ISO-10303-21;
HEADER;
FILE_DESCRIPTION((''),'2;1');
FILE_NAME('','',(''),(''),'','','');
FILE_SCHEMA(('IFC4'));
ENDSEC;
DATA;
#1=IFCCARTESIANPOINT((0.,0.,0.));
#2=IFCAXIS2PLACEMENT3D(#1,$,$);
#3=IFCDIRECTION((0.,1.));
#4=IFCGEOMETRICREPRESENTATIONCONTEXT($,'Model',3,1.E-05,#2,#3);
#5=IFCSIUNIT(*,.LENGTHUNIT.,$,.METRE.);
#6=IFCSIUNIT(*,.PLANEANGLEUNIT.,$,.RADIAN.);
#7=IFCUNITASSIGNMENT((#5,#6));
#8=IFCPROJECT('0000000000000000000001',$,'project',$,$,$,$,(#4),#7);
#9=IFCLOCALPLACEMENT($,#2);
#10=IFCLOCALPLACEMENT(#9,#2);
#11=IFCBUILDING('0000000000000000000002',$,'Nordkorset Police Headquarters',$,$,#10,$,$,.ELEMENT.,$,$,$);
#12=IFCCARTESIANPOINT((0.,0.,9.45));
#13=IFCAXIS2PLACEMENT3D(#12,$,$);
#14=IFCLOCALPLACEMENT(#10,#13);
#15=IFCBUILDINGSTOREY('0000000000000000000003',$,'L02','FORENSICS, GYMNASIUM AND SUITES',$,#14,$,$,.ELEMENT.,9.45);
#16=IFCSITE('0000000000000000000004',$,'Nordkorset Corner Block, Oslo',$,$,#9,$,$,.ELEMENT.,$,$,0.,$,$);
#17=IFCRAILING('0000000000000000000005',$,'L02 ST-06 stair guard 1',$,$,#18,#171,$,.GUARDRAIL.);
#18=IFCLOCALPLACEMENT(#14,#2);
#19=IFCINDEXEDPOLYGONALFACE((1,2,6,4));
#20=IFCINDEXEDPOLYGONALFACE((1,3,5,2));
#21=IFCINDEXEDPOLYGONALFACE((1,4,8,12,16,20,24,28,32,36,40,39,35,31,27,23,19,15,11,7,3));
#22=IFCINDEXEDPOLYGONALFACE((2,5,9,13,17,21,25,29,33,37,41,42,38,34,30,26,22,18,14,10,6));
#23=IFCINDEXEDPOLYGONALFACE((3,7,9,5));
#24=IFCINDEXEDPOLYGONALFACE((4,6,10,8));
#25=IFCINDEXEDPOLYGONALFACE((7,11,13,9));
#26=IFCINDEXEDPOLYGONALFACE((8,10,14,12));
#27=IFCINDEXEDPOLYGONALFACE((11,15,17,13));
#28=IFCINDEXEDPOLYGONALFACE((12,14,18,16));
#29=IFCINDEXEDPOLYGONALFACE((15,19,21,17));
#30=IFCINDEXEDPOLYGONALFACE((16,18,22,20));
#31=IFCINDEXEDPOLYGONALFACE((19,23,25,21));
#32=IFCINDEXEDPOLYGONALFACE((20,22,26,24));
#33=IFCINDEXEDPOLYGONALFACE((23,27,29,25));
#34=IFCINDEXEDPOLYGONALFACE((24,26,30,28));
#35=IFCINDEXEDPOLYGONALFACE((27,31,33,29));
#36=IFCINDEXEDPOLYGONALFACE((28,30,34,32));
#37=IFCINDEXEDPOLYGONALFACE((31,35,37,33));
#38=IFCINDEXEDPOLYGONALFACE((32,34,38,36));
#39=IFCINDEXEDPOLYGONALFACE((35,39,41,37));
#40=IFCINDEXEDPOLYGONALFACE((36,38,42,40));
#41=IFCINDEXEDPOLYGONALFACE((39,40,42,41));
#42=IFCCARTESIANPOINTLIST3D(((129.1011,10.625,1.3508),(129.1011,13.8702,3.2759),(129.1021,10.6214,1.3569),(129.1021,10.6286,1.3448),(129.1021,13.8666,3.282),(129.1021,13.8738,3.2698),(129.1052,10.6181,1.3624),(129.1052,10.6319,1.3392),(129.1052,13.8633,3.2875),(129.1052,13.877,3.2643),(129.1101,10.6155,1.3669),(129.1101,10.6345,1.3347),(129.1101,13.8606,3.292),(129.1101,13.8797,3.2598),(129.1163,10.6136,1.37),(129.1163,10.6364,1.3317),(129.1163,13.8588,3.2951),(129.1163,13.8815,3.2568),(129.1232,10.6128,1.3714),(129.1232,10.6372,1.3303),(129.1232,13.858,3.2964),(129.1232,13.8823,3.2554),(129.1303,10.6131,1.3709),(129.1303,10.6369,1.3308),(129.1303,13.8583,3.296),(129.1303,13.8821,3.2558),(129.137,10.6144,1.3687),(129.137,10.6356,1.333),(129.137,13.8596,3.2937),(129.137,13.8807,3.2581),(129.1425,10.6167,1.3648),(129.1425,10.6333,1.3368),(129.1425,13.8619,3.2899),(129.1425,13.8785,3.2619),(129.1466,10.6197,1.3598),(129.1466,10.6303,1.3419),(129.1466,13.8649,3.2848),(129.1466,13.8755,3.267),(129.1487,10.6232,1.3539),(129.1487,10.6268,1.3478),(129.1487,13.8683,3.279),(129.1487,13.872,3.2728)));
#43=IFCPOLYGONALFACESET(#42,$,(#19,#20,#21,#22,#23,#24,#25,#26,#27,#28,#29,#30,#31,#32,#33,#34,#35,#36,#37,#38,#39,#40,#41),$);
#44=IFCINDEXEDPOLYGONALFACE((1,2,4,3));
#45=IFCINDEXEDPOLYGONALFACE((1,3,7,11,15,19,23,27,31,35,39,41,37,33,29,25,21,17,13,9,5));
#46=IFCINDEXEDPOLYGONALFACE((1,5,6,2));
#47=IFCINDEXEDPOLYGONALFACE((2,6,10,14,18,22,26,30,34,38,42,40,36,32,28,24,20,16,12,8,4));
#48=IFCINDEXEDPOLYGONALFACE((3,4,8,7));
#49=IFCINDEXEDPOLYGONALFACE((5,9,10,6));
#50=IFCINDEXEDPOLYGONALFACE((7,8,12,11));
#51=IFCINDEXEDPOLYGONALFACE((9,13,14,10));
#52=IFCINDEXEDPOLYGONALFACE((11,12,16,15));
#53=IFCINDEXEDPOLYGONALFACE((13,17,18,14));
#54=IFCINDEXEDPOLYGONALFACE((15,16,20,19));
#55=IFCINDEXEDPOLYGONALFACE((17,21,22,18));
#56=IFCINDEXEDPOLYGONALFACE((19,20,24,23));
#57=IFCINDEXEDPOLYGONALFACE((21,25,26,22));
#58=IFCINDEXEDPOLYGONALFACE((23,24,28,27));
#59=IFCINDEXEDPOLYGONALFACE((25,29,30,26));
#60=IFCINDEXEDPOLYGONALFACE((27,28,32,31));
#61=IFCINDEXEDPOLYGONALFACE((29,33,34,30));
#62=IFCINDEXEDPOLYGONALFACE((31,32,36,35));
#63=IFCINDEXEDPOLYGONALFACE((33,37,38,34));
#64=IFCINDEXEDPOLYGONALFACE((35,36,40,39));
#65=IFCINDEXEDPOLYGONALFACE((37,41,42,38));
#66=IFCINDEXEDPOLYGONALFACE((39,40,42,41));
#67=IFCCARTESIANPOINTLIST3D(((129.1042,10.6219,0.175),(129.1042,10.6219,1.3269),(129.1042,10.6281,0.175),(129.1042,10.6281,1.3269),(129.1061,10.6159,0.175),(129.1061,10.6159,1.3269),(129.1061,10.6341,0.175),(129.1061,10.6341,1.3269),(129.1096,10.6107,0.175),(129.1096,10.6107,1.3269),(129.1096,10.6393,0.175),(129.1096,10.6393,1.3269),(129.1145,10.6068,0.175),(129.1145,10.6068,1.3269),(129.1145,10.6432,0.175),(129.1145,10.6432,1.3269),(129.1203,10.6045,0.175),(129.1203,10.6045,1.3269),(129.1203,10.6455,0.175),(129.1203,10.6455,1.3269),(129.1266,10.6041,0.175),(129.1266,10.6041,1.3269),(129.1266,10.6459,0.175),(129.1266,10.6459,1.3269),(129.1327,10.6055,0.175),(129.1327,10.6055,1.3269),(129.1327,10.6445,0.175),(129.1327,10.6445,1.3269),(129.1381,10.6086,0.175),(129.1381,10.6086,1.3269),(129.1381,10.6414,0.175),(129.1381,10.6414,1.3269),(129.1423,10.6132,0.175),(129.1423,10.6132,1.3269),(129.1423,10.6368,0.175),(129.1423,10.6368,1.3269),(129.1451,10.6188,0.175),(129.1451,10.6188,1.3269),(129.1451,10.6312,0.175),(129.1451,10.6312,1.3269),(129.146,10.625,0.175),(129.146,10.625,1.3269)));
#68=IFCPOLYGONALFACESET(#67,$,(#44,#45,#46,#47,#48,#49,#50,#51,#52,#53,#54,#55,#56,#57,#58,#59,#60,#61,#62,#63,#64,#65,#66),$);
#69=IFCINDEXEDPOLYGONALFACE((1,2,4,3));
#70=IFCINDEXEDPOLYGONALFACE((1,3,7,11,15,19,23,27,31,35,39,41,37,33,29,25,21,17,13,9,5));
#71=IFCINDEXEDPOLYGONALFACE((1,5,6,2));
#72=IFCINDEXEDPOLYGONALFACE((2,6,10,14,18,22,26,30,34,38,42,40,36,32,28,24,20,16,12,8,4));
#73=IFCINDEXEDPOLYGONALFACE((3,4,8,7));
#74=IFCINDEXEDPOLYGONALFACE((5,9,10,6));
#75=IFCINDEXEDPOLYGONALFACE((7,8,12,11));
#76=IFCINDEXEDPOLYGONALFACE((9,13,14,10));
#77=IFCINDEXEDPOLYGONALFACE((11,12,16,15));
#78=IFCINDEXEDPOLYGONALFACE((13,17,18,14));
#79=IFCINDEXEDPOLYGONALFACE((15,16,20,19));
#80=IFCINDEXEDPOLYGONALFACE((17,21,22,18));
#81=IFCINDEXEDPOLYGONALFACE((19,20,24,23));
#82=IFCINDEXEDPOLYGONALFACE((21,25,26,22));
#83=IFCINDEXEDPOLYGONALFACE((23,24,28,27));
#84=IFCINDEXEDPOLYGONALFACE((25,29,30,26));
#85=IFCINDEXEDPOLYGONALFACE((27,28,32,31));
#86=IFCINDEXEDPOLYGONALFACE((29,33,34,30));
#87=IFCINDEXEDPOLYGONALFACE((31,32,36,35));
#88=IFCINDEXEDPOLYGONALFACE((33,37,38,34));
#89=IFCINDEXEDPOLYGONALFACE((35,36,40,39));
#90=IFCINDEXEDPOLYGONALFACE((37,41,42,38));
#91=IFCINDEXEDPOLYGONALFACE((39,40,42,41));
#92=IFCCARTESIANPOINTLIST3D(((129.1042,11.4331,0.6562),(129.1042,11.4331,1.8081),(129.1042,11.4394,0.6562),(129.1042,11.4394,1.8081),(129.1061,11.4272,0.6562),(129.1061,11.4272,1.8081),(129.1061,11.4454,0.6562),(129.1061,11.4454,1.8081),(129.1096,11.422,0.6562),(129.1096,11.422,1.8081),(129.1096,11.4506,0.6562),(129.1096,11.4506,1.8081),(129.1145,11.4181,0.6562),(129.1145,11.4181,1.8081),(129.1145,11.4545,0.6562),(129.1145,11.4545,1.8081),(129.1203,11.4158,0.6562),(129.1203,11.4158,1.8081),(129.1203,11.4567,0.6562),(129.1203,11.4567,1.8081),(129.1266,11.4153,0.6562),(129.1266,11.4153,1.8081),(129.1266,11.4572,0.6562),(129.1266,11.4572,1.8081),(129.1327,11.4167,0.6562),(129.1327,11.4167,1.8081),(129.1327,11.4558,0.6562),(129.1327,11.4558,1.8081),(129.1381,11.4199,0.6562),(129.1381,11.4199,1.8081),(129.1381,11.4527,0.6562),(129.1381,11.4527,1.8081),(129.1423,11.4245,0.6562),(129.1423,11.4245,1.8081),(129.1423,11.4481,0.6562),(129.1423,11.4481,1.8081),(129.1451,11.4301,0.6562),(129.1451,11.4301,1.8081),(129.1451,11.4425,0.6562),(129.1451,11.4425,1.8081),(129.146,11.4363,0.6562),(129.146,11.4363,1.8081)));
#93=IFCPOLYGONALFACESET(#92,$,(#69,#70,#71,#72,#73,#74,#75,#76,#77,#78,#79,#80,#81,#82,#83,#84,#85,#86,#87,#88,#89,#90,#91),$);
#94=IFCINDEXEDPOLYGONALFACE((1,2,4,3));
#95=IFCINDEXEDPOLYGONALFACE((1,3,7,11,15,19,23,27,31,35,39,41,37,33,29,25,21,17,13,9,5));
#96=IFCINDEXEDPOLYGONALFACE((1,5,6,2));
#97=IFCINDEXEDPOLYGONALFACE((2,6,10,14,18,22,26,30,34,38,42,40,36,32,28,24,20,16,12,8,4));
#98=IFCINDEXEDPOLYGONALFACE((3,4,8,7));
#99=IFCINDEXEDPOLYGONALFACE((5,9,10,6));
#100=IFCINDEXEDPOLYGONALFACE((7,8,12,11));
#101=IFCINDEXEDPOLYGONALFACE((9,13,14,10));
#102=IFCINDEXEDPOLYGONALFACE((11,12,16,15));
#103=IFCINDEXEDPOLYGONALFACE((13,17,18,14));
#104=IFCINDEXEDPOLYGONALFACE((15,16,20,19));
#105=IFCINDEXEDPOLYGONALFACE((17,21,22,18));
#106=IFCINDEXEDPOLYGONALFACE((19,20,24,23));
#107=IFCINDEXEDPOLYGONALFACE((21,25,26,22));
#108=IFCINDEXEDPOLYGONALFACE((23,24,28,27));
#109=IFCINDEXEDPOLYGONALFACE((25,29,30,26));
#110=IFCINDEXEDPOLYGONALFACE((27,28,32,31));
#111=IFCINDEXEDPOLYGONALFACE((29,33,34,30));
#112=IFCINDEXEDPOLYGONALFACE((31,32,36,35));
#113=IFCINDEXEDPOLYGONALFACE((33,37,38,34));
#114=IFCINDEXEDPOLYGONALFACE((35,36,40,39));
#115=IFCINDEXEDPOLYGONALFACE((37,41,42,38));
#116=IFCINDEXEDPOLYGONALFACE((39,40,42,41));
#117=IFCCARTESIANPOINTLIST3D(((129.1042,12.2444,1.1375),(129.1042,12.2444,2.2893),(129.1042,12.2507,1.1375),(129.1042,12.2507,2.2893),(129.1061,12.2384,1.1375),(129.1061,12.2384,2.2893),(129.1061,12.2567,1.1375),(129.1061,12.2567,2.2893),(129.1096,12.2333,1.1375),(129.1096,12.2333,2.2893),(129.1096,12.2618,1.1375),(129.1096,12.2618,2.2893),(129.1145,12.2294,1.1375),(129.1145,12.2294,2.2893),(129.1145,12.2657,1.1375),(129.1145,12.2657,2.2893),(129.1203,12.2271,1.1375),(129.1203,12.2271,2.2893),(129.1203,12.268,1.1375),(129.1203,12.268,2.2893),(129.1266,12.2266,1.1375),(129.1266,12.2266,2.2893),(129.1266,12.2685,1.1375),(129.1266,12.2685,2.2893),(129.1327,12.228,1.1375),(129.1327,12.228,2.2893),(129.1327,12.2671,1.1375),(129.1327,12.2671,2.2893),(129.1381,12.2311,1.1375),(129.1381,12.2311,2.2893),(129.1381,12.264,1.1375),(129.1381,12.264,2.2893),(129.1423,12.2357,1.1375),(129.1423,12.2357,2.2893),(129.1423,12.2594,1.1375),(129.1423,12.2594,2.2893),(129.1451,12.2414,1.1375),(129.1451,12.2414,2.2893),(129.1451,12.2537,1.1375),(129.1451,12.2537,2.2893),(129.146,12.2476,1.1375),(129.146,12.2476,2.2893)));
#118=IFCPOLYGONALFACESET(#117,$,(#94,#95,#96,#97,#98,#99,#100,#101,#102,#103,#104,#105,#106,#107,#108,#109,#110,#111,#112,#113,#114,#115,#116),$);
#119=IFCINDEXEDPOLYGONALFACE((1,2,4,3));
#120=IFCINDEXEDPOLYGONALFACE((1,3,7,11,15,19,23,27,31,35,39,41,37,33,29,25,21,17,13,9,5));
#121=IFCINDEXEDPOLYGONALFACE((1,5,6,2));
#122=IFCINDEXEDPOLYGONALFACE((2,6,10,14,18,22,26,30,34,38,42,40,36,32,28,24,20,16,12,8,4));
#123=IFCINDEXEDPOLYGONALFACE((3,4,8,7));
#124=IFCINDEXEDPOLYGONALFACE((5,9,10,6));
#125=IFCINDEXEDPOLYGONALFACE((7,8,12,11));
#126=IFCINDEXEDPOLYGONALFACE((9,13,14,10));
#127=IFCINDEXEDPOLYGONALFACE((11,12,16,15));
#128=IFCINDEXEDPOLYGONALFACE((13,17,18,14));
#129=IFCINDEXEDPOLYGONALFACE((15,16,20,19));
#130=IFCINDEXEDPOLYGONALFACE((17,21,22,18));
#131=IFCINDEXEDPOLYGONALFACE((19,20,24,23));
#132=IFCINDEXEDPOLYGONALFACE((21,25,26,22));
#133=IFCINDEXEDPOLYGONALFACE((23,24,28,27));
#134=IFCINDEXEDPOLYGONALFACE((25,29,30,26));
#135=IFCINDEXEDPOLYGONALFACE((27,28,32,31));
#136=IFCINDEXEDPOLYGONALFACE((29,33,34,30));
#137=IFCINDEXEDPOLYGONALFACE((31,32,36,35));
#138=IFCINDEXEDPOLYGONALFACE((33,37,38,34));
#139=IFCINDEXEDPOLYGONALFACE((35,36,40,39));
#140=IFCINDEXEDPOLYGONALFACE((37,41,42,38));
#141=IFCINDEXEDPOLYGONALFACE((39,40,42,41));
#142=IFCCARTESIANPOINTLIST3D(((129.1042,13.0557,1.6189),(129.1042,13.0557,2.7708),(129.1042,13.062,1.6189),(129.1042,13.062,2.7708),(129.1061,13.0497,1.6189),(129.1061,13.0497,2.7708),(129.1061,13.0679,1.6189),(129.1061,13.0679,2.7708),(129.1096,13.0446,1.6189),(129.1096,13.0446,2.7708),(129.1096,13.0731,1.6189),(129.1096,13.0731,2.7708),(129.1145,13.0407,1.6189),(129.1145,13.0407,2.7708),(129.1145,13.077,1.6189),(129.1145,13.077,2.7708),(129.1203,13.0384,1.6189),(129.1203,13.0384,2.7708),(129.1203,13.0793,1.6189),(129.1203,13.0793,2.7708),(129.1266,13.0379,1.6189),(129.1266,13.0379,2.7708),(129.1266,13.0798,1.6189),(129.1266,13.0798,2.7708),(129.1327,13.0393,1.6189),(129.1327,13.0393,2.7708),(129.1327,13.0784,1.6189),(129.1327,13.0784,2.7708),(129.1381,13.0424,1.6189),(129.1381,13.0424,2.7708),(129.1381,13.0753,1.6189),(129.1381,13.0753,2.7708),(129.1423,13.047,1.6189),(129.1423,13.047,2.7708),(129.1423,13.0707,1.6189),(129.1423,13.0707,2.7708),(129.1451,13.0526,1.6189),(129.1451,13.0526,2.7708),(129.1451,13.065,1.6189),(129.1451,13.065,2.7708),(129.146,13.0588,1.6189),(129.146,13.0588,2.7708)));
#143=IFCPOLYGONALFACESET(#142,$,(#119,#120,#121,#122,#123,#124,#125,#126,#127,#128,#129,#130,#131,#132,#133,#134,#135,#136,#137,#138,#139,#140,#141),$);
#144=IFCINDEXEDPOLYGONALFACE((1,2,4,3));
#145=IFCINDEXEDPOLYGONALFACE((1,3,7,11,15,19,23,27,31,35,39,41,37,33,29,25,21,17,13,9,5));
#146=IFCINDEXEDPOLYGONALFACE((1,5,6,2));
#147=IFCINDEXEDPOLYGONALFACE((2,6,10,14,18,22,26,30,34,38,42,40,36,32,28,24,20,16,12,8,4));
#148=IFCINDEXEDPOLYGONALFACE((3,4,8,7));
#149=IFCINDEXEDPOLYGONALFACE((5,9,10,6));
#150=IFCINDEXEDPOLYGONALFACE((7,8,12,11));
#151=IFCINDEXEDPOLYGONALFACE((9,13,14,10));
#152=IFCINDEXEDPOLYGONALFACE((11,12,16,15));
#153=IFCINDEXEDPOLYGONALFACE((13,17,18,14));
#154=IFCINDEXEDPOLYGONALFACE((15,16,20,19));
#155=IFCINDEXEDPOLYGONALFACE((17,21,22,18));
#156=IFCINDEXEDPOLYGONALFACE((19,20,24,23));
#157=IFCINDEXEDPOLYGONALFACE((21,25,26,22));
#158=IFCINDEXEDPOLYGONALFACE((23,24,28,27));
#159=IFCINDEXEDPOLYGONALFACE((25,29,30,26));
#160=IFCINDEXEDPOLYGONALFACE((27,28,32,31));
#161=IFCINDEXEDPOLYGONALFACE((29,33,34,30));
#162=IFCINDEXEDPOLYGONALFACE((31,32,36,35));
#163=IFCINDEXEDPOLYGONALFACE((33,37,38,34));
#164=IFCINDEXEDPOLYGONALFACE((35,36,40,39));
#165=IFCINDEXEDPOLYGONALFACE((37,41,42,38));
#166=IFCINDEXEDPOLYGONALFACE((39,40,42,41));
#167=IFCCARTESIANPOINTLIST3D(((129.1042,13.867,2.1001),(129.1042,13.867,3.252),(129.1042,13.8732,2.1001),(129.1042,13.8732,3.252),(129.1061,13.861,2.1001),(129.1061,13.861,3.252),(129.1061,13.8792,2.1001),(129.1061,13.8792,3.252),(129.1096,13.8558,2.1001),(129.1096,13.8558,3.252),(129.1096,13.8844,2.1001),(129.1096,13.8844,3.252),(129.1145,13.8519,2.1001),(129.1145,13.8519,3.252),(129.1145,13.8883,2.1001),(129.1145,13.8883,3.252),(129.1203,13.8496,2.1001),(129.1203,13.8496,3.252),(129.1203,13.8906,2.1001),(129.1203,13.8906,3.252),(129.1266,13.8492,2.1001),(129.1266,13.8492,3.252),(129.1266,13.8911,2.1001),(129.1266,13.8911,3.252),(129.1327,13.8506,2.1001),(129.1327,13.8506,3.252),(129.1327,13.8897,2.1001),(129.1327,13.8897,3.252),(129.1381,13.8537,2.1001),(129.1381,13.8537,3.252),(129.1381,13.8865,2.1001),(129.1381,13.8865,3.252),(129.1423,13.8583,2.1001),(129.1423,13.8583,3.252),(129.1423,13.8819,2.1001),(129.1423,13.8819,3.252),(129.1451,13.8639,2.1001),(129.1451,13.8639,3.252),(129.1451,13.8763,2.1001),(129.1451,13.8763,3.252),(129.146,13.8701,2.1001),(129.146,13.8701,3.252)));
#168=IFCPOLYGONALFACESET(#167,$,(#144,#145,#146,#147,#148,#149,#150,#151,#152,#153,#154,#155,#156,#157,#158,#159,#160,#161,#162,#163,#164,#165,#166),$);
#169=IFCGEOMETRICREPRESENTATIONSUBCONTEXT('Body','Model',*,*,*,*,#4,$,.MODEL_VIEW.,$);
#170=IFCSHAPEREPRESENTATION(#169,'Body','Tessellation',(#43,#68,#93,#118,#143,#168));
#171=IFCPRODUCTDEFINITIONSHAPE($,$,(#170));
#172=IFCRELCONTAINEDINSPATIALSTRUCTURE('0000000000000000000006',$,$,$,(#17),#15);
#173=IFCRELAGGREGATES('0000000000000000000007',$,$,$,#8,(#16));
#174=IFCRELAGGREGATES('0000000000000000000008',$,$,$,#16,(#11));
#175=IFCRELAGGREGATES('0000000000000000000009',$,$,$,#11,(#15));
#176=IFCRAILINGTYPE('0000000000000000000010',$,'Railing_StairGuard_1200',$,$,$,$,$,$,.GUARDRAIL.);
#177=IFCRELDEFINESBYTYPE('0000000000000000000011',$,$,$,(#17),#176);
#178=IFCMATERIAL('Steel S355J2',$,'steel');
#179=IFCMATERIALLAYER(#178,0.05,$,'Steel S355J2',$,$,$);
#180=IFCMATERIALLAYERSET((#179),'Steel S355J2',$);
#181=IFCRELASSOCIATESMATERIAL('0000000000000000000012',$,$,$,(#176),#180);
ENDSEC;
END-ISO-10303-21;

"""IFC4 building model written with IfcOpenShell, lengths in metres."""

from ifc_helpers import new_model, si_unit, direction, frame, origin, origin_2d, place, context, subcontext, project, spatial, circle, extrude, material, layer, layer_set, type_object, element, save


model = new_model("IFC4")

# Units and contexts
model_context = context("Model", 3, precision=1e-05, world=origin(), true_north=direction((0.0, 1.0)))
body_context = subcontext(model_context, "Body", "Model", "MODEL_VIEW")
ifc_project = project(units=[si_unit("LENGTHUNIT", "METRE"), si_unit("PLANEANGLEUNIT", "RADIAN")], contexts=[model_context])

# Site, building, storey
site_placement = place(None, origin())
site = spatial("IfcSite", under=ifc_project, at=site_placement, Name="Nordkorset Corner Block, Oslo", CompositionType="ELEMENT", RefElevation=0.0)
building_placement = place(site_placement, origin())
building = spatial("IfcBuilding", under=site, at=building_placement, Name="Nordkorset Police Headquarters", CompositionType="ELEMENT")
storey_placement = place(building_placement, frame((0.0, 0.0, 9.45)))
storey = spatial("IfcBuildingStorey", under=building, at=storey_placement, Name="L02", Description="FORENSICS, GYMNASIUM AND SUITES", CompositionType="ELEMENT", Elevation=9.45)

# Railing
ifc_material_1 = material(Name="Steel S355J2", Category="steel")
ifc_layer_1 = layer(ifc_material_1, 0.05, Name="Steel S355J2")
ifc_layer_set_1 = layer_set([ifc_layer_1], Name="Steel S355J2")
railing_type_1 = type_object("IfcRailingType", Name="Railing_StairGuard_1200", PredefinedType="GUARDRAIL", material=ifc_layer_set_1)
railing_1_placement = place(storey_placement, frame((129.125, 10.625, 0.175)))
element("IfcRailing", 1, at=railing_1_placement, inside=storey, type_object=railing_type_1, Name="L02 ST-06 stair guard 1", PredefinedType="GUARDRAIL", context=body_context, shape_type="SweptSolid", body=[
    extrude(circle(Radius=0.0239, at=origin_2d()), frame((0.0, 0.0, 1.1758), z_axis=(0.0, 0.860057, 0.510198), x_axis=(-1.0, 0.0, 0.0)), (0.0, 0.0, 1.0), 3.7732),
    extrude(circle(Radius=0.021, at=origin_2d()), origin(), (0.0, 0.0, 1.0), 1.1519),
    extrude(circle(Radius=0.021, at=origin_2d()), frame((0.0, 0.8113, 0.4812)), (0.0, 0.0, 1.0), 1.1519),
    extrude(circle(Radius=0.021, at=origin_2d()), frame((0.0, 1.6226, 0.9624)), (0.0, 0.0, 1.0), 1.1519),
    extrude(circle(Radius=0.021, at=origin_2d()), frame((0.0, 2.4338, 1.4438)), (0.0, 0.0, 1.0), 1.1519),
    extrude(circle(Radius=0.021, at=origin_2d()), frame((0.0, 3.2451, 1.925)), (0.0, 0.0, 1.0), 1.1519),
])

save(model, "model.ifc")
